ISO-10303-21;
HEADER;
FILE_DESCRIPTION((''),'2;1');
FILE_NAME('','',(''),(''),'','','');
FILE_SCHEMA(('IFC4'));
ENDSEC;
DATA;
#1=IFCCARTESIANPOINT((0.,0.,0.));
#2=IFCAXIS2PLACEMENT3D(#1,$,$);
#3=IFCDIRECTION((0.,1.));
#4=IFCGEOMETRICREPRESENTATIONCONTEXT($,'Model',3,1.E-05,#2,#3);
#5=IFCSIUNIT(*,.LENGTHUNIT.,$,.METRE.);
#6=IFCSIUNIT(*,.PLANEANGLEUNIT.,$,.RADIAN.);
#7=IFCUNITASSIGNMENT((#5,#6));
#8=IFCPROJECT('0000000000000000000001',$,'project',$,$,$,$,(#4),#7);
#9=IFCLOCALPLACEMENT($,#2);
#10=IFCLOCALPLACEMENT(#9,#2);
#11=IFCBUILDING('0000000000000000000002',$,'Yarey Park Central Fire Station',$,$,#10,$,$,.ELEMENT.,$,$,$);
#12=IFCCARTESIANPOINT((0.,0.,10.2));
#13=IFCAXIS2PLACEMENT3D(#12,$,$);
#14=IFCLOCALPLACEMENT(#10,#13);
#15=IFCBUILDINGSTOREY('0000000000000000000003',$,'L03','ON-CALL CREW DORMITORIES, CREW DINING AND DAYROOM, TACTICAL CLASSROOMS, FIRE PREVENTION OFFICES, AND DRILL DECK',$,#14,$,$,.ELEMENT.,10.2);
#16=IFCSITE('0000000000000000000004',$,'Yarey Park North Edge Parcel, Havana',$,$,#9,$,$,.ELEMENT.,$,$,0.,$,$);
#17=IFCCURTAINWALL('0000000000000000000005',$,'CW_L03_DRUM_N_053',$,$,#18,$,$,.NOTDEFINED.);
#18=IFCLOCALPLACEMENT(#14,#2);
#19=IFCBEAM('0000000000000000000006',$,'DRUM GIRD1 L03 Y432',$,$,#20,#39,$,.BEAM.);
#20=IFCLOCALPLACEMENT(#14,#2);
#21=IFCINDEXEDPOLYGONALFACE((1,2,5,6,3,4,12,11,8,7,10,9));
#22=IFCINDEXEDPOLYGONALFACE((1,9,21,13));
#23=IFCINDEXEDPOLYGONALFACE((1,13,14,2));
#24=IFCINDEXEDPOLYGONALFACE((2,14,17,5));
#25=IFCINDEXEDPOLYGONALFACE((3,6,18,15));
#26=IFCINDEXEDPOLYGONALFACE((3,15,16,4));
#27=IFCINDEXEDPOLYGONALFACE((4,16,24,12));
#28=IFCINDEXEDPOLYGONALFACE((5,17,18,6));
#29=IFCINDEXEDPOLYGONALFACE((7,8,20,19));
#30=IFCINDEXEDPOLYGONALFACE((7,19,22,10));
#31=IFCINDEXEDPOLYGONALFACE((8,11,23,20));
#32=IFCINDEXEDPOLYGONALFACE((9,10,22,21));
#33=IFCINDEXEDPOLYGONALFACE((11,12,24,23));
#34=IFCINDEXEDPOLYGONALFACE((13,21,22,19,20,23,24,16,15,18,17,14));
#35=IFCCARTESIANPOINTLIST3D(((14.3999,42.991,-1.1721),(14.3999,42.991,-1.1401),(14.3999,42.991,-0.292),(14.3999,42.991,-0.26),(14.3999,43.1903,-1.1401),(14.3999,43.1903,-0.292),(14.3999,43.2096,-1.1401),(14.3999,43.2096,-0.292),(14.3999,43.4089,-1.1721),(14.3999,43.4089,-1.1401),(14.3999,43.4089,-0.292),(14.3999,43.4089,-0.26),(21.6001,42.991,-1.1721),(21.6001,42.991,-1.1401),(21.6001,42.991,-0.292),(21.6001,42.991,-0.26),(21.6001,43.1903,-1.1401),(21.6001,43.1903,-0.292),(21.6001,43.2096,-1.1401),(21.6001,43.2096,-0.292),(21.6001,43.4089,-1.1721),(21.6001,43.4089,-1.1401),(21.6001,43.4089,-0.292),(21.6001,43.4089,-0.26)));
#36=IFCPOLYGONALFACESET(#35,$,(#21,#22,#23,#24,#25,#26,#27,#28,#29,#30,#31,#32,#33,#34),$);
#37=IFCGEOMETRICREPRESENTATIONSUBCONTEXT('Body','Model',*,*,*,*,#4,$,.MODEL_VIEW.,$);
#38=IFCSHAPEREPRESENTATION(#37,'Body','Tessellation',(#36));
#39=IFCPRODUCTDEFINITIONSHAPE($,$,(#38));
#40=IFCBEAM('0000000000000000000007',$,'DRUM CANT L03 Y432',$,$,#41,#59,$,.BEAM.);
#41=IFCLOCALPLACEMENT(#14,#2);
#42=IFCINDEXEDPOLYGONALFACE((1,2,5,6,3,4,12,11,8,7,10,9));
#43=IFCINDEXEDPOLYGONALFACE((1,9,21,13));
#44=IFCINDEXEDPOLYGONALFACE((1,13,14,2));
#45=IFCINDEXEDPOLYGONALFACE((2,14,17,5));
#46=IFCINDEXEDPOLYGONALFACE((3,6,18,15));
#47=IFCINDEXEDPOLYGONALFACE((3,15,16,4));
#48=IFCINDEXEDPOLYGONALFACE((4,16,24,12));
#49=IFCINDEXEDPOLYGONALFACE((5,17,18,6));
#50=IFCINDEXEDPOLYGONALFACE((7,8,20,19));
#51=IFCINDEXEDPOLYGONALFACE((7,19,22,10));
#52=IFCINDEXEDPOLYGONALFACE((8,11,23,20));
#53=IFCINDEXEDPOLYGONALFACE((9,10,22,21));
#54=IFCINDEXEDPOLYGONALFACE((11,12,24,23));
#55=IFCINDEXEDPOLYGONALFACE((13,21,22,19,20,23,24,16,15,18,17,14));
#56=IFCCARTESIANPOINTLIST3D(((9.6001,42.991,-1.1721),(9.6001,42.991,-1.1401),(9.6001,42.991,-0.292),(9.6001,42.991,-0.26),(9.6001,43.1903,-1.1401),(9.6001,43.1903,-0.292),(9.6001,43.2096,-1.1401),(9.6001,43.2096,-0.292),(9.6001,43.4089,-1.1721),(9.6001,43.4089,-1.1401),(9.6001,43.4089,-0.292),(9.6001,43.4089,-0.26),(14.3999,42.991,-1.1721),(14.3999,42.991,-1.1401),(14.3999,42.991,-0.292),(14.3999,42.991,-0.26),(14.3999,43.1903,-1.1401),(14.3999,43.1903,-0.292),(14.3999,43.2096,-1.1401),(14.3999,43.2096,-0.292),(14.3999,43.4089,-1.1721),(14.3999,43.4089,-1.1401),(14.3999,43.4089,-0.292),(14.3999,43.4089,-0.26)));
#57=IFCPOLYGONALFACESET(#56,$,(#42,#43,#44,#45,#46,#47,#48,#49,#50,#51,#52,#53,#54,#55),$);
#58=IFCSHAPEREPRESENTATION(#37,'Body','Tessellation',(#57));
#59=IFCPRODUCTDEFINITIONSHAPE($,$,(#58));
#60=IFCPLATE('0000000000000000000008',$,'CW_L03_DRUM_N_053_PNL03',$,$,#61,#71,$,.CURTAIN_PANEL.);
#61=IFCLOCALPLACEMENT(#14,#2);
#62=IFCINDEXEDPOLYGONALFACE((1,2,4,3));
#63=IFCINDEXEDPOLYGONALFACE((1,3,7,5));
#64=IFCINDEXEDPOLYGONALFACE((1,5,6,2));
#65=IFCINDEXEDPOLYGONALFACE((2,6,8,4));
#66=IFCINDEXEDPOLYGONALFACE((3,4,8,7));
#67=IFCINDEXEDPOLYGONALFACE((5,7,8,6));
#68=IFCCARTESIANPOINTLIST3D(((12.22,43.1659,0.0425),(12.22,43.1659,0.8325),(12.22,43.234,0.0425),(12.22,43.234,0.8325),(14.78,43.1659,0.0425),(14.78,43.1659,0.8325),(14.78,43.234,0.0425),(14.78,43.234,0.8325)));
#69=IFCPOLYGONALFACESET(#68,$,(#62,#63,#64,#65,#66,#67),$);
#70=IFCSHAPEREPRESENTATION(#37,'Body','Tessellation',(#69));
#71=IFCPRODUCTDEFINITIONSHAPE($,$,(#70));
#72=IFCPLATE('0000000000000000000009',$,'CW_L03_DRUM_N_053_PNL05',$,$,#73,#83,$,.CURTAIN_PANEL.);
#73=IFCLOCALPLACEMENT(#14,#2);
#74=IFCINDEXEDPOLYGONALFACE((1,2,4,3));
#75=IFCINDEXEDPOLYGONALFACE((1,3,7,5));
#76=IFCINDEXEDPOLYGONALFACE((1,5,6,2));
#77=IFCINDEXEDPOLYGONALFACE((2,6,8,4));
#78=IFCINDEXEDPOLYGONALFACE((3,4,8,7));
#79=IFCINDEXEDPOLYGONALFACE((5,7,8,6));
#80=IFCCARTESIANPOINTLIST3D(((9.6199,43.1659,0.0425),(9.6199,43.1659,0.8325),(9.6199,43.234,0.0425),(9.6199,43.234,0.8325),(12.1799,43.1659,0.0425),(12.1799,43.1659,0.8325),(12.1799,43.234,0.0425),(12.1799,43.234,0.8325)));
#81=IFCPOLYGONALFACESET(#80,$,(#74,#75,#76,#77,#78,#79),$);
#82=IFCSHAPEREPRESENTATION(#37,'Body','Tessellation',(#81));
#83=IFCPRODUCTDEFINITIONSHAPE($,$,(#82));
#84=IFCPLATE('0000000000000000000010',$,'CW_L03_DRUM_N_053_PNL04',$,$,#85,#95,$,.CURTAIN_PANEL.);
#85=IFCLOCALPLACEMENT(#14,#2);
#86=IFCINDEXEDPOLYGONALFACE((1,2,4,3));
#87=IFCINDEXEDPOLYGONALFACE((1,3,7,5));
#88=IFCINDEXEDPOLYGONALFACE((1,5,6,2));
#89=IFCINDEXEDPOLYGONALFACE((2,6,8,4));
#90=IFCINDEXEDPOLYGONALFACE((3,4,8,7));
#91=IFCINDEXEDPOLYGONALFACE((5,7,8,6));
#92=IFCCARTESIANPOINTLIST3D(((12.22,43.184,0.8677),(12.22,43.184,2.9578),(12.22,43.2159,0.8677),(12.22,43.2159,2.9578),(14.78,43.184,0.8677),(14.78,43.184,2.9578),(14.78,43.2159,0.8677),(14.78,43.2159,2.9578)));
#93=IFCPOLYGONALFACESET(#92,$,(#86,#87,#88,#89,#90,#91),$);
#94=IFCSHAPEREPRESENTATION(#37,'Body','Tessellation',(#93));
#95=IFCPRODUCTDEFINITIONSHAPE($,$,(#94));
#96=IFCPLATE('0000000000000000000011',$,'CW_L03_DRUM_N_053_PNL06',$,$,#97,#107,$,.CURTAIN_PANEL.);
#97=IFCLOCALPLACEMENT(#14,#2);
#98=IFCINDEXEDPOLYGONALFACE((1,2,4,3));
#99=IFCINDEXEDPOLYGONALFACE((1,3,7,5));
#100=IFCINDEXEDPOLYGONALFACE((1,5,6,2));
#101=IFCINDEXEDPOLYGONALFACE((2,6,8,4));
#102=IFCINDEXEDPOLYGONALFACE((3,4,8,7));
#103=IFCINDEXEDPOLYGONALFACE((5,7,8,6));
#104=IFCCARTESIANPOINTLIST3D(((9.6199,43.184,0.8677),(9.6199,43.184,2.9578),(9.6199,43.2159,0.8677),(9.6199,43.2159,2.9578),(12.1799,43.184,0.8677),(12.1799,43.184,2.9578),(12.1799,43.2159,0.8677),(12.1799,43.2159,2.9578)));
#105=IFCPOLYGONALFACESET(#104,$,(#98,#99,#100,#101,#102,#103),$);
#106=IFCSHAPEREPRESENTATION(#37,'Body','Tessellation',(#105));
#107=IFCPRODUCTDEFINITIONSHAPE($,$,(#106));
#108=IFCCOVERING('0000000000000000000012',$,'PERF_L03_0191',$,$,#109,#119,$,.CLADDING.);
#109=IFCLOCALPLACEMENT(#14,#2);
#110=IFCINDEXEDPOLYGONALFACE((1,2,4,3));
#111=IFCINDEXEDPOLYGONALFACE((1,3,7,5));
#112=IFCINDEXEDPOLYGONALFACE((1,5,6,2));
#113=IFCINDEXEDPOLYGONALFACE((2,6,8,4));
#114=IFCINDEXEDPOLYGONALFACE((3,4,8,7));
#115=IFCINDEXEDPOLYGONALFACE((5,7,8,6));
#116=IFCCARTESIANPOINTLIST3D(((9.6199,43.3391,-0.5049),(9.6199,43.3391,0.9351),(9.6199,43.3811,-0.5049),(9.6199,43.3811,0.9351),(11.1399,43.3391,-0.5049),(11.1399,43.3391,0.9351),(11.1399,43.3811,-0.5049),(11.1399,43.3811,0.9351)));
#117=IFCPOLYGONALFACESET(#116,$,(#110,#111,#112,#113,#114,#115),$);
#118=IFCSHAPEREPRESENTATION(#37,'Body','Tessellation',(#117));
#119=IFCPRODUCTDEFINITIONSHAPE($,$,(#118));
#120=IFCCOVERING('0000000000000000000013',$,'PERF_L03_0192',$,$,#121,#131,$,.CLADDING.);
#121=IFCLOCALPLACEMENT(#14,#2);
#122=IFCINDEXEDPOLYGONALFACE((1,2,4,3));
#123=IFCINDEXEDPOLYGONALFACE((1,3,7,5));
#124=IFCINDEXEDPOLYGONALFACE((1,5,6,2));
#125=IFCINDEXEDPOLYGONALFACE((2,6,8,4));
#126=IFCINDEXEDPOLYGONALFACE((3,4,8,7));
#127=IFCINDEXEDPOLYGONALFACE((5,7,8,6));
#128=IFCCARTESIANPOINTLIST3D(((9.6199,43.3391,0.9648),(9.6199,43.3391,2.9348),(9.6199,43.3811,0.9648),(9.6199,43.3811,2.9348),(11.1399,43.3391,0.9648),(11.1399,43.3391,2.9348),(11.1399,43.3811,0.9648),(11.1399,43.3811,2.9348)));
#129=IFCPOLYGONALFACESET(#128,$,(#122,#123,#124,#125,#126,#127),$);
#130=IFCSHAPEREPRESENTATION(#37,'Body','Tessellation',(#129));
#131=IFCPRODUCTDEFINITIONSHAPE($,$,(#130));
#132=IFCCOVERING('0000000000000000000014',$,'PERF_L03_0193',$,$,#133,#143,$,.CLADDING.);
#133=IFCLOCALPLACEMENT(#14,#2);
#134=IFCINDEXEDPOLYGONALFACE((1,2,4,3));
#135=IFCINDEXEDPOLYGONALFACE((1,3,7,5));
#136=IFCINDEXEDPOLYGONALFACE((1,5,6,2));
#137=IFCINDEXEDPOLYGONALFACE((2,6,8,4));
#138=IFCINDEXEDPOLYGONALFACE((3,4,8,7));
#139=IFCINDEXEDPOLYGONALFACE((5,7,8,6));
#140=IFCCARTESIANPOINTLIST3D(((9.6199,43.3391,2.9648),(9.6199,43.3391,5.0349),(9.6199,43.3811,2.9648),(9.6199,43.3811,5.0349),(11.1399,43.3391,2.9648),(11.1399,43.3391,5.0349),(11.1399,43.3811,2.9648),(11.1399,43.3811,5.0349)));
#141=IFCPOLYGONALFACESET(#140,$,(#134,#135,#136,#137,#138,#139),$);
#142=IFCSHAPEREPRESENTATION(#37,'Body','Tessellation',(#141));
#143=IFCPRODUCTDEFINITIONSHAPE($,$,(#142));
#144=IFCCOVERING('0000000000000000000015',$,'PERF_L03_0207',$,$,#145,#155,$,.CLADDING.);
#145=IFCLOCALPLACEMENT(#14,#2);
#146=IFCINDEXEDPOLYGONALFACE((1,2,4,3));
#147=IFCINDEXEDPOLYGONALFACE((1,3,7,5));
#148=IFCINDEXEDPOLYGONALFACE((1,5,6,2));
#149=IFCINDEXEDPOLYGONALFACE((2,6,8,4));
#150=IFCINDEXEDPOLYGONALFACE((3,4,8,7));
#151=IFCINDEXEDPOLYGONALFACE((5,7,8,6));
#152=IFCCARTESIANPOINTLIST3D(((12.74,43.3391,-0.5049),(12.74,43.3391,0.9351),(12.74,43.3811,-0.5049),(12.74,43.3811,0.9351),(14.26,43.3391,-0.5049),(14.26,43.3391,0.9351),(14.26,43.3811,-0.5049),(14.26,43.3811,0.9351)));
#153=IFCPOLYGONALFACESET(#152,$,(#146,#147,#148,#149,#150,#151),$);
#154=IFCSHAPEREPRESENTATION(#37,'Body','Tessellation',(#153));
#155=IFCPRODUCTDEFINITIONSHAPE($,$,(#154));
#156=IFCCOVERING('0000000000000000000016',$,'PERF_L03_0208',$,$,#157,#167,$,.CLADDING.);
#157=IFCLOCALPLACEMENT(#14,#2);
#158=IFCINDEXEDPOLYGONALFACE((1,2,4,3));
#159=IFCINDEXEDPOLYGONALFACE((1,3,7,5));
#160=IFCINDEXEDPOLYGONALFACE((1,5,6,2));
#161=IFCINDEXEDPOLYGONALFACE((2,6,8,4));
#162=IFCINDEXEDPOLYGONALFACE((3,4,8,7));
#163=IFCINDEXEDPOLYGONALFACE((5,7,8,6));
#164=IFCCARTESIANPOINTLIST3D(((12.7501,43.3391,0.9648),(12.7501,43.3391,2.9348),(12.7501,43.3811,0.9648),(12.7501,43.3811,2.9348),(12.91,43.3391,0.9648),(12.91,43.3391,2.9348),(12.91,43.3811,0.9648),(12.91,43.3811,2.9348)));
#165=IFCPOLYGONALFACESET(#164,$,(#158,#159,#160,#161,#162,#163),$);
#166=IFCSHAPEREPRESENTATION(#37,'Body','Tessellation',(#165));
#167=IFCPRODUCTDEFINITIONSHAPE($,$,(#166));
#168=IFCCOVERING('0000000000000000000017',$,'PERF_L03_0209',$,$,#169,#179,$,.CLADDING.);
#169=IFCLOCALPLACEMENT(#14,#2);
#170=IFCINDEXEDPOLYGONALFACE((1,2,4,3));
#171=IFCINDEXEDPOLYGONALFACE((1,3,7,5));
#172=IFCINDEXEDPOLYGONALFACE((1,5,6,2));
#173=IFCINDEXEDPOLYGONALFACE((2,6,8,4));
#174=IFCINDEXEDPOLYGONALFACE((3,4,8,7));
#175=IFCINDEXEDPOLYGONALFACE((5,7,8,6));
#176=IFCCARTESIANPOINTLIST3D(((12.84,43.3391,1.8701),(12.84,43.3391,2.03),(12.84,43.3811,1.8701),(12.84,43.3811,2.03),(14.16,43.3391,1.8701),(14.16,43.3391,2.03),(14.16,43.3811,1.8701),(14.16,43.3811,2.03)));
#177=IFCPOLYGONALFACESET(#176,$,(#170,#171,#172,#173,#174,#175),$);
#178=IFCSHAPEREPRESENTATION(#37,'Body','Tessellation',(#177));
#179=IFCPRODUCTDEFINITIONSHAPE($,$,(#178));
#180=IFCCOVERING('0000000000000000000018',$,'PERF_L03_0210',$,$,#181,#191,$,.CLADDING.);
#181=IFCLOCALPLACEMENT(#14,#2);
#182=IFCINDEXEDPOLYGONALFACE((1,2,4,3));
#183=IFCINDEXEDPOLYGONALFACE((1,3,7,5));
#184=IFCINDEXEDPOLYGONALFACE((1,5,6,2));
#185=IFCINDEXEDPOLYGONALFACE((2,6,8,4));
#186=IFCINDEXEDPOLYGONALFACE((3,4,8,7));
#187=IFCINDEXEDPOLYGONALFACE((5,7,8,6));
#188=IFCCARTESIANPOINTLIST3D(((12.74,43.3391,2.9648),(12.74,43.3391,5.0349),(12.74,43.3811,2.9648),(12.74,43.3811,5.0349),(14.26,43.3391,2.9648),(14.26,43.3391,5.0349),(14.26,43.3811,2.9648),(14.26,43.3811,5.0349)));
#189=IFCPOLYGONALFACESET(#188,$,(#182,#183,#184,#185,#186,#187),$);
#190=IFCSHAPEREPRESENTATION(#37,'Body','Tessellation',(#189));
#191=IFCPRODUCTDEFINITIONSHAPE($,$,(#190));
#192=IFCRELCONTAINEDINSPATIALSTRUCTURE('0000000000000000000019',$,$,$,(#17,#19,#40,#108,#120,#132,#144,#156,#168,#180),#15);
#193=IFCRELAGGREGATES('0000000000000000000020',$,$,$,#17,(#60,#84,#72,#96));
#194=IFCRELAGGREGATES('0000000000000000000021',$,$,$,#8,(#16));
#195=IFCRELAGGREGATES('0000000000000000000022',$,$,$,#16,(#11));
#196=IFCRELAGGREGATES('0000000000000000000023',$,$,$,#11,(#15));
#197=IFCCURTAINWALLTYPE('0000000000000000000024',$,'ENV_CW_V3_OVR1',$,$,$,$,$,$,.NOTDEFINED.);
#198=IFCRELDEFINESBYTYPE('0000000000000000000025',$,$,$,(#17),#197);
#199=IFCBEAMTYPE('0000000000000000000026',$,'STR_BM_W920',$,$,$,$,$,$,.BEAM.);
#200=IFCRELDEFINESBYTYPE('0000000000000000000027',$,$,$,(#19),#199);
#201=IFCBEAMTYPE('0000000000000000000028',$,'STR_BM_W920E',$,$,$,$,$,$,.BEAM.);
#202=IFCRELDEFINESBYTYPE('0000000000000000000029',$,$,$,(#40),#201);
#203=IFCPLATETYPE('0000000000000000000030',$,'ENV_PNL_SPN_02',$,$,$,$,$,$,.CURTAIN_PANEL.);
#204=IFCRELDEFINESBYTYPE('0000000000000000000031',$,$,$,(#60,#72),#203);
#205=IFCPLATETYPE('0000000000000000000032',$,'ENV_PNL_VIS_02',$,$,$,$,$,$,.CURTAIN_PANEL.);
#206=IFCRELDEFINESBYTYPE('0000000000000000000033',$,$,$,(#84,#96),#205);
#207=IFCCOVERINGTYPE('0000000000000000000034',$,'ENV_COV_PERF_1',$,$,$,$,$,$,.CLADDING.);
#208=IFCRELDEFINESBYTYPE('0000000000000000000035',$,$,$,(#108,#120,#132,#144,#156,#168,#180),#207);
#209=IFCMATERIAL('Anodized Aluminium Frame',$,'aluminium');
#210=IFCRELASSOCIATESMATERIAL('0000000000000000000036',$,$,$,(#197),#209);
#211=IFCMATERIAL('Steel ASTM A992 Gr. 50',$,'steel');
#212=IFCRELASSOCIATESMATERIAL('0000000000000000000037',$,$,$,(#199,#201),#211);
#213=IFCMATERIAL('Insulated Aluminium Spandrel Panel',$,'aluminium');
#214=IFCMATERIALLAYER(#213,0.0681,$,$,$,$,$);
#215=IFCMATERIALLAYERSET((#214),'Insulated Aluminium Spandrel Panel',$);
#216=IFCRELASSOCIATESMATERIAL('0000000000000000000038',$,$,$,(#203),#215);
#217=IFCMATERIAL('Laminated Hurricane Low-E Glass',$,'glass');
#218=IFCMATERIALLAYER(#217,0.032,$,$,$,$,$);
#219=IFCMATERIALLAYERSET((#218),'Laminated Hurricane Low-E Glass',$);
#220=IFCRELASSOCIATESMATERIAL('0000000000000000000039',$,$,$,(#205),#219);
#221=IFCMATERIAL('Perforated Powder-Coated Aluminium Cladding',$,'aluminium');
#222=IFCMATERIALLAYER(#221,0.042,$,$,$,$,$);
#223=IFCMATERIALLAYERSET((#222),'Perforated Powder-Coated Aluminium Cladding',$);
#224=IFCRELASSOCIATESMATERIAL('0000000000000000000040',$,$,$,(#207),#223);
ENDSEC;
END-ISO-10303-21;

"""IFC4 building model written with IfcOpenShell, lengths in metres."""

from ifc_helpers import new_model, si_unit, direction, frame, origin, origin_2d, place, context, subcontext, project, spatial, rectangle, i_section, extrude, material, layer, layer_set, material_profile, profile_set, type_object, element, aggregate, save


model = new_model("IFC4")

# Units and contexts
model_context = context("Model", 3, precision=1e-05, world=origin(), true_north=direction((0.0, 1.0)))
body_context = subcontext(model_context, "Body", "Model", "MODEL_VIEW")
ifc_project = project(units=[si_unit("LENGTHUNIT", "METRE"), si_unit("PLANEANGLEUNIT", "RADIAN")], contexts=[model_context])

# Site, building, storey
site_placement = place(None, origin())
site = spatial("IfcSite", under=ifc_project, at=site_placement, Name="Yarey Park North Edge Parcel, Havana", CompositionType="ELEMENT", RefElevation=0.0)
building_placement = place(site_placement, origin())
building = spatial("IfcBuilding", under=site, at=building_placement, Name="Yarey Park Central Fire Station", CompositionType="ELEMENT")
storey_placement = place(building_placement, frame((0.0, 0.0, 10.2)))
storey = spatial("IfcBuildingStorey", under=building, at=storey_placement, Name="L03", Description="ON-CALL CREW DORMITORIES, CREW DINING AND DAYROOM, TACTICAL CLASSROOMS, FIRE PREVENTION OFFICES, AND DRILL DECK", CompositionType="ELEMENT", Elevation=10.2)

# Shared definitions
ifc_material_1 = material(Name="Steel ASTM A992 Gr. 50", Category="steel")

# Shared definitions
ifc_material_2 = material(Name="Anodized Aluminium Frame", Category="aluminium")
curtain_wall_type = type_object("IfcCurtainWallType", Name="ENV_CW_V3_OVR1", PredefinedType="NOTDEFINED", material=ifc_material_2)

# Curtain wall
curtain_wall_1_placement = place(storey_placement, origin())
curtain_wall_1 = element("IfcCurtainWall", 1, at=curtain_wall_1_placement, inside=storey, type_object=curtain_wall_type, Name="CW_L03_DRUM_N_053", PredefinedType="NOTDEFINED")

# Beams
ifc_material_profile_1 = material_profile(ifc_material_1, i_section(OverallWidth=0.418, OverallDepth=0.9121, WebThickness=0.0193, FlangeThickness=0.032, at=origin_2d()), Name="W920x342")
ifc_profile_set_1 = profile_set([ifc_material_profile_1], Name="Steel ASTM A992 Gr. 50")
beam_type_1 = type_object("IfcBeamType", Name="STR_BM_W920", PredefinedType="BEAM", material=ifc_profile_set_1)
beam_1_placement = place(storey_placement, frame((14.3999, 43.2, -0.7161), z_axis=(1.0, 0.0, 0.0), x_axis=(0.0, 1.0, 0.0)))
element("IfcBeam", 2, at=beam_1_placement, inside=storey, type_object=beam_type_1, Name="DRUM GIRD1 L03 Y432", PredefinedType="BEAM", context=body_context, shape_type="SweptSolid", body=[
    extrude(i_section(OverallWidth=0.418, OverallDepth=0.9121, WebThickness=0.0193, FlangeThickness=0.032, at=origin_2d()), origin(), (0.0, 0.0, 1.0), 7.2002),
])
ifc_material_profile_2 = material_profile(ifc_material_1, i_section(OverallWidth=0.418, OverallDepth=0.9121, WebThickness=0.0193, FlangeThickness=0.032, at=origin_2d()), Name="W920x342")
ifc_profile_set_2 = profile_set([ifc_material_profile_2], Name="Steel ASTM A992 Gr. 50")
beam_type_2 = type_object("IfcBeamType", Name="STR_BM_W920E", PredefinedType="BEAM", material=ifc_profile_set_2)
beam_2_placement = place(storey_placement, frame((9.6001, 43.2, -0.7161), z_axis=(1.0, 0.0, 0.0), x_axis=(0.0, 1.0, 0.0)))
element("IfcBeam", 3, at=beam_2_placement, inside=storey, type_object=beam_type_2, Name="DRUM CANT L03 Y432", PredefinedType="BEAM", context=body_context, shape_type="SweptSolid", body=[
    extrude(i_section(OverallWidth=0.418, OverallDepth=0.9121, WebThickness=0.0193, FlangeThickness=0.032, at=origin_2d()), origin(), (0.0, 0.0, 1.0), 4.7998),
])

# Plates
ifc_material_3 = material(Name="Insulated Aluminium Spandrel Panel", Category="aluminium")
ifc_layer_1 = layer(ifc_material_3, 0.0681)
ifc_layer_set_1 = layer_set([ifc_layer_1], Name="Insulated Aluminium Spandrel Panel")
plate_type_1 = type_object("IfcPlateType", Name="ENV_PNL_SPN_02", PredefinedType="CURTAIN_PANEL", material=ifc_layer_set_1)
plate_1_placement = place(storey_placement, frame((13.5, 43.2, 0.0425), z_axis=(0.0, 0.0, 1.0), x_axis=(-1.0, 0.0, 0.0)))
plate_1 = element("IfcPlate", 4, at=plate_1_placement, type_object=plate_type_1, Name="CW_L03_DRUM_N_053_PNL03", PredefinedType="CURTAIN_PANEL", context=body_context, shape_type="SweptSolid", body=[
    extrude(rectangle(XDim=2.5601, YDim=0.0681, at=origin_2d()), origin(), (0.0, 0.0, 1.0), 0.79),
])
plate_2_placement = place(storey_placement, frame((10.8999, 43.2, 0.0425), z_axis=(0.0, 0.0, 1.0), x_axis=(-1.0, 0.0, 0.0)))
plate_2 = element("IfcPlate", 5, at=plate_2_placement, type_object=plate_type_1, Name="CW_L03_DRUM_N_053_PNL05", PredefinedType="CURTAIN_PANEL", context=body_context, shape_type="SweptSolid", body=[
    extrude(rectangle(XDim=2.5601, YDim=0.0681, at=origin_2d()), origin(), (0.0, 0.0, 1.0), 0.79),
])
ifc_material_4 = material(Name="Laminated Hurricane Low-E Glass", Category="glass")
ifc_layer_2 = layer(ifc_material_4, 0.032)
ifc_layer_set_2 = layer_set([ifc_layer_2], Name="Laminated Hurricane Low-E Glass")
plate_type_2 = type_object("IfcPlateType", Name="ENV_PNL_VIS_02", PredefinedType="CURTAIN_PANEL", material=ifc_layer_set_2)
plate_3_placement = place(storey_placement, frame((13.5, 43.2, 0.8677), z_axis=(0.0, 0.0, 1.0), x_axis=(-1.0, 0.0, 0.0)))
plate_3 = element("IfcPlate", 6, at=plate_3_placement, type_object=plate_type_2, Name="CW_L03_DRUM_N_053_PNL04", PredefinedType="CURTAIN_PANEL", context=body_context, shape_type="SweptSolid", body=[
    extrude(rectangle(XDim=2.5601, YDim=0.032, at=origin_2d()), origin(), (0.0, 0.0, 1.0), 2.0901),
])
plate_4_placement = place(storey_placement, frame((10.8999, 43.2, 0.8677), z_axis=(0.0, 0.0, 1.0), x_axis=(-1.0, 0.0, 0.0)))
plate_4 = element("IfcPlate", 7, at=plate_4_placement, type_object=plate_type_2, Name="CW_L03_DRUM_N_053_PNL06", PredefinedType="CURTAIN_PANEL", context=body_context, shape_type="SweptSolid", body=[
    extrude(rectangle(XDim=2.5601, YDim=0.032, at=origin_2d()), origin(), (0.0, 0.0, 1.0), 2.0901),
])
aggregate(curtain_wall_1, [plate_1, plate_3, plate_2, plate_4])

# Coverings
ifc_material_5 = material(Name="Perforated Powder-Coated Aluminium Cladding", Category="aluminium")
ifc_layer_3 = layer(ifc_material_5, 0.042)
ifc_layer_set_3 = layer_set([ifc_layer_3], Name="Perforated Powder-Coated Aluminium Cladding")
covering_type_1 = type_object("IfcCoveringType", Name="ENV_COV_PERF_1", PredefinedType="CLADDING", material=ifc_layer_set_3)
covering_1_placement = place(storey_placement, frame((10.3799, 43.3601, -0.5049), z_axis=(0.0, 0.0, 1.0), x_axis=(1.0, 0.0, 0.0)))
element("IfcCovering", 8, at=covering_1_placement, inside=storey, type_object=covering_type_1, Name="PERF_L03_0191", PredefinedType="CLADDING", context=body_context, shape_type="SweptSolid", body=[
    extrude(rectangle(XDim=1.52, YDim=0.042, at=origin_2d()), origin(), (0.0, 0.0, 1.0), 1.4399),
])
covering_2_placement = place(storey_placement, frame((10.3799, 43.3601, 0.9648), z_axis=(0.0, 0.0, 1.0), x_axis=(1.0, 0.0, 0.0)))
element("IfcCovering", 9, at=covering_2_placement, inside=storey, type_object=covering_type_1, Name="PERF_L03_0192", PredefinedType="CLADDING", context=body_context, shape_type="SweptSolid", body=[
    extrude(rectangle(XDim=1.52, YDim=0.042, at=origin_2d()), origin(), (0.0, 0.0, 1.0), 1.97),
])
covering_3_placement = place(storey_placement, frame((10.3799, 43.3601, 2.9648), z_axis=(0.0, 0.0, 1.0), x_axis=(1.0, 0.0, 0.0)))
element("IfcCovering", 10, at=covering_3_placement, inside=storey, type_object=covering_type_1, Name="PERF_L03_0193", PredefinedType="CLADDING", context=body_context, shape_type="SweptSolid", body=[
    extrude(rectangle(XDim=1.52, YDim=0.042, at=origin_2d()), origin(), (0.0, 0.0, 1.0), 2.0701),
])
covering_4_placement = place(storey_placement, frame((13.5, 43.3601, -0.5049), z_axis=(0.0, 0.0, 1.0), x_axis=(1.0, 0.0, 0.0)))
element("IfcCovering", 11, at=covering_4_placement, inside=storey, type_object=covering_type_1, Name="PERF_L03_0207", PredefinedType="CLADDING", context=body_context, shape_type="SweptSolid", body=[
    extrude(rectangle(XDim=1.52, YDim=0.042, at=origin_2d()), origin(), (0.0, 0.0, 1.0), 1.4399),
])
covering_5_placement = place(storey_placement, frame((12.8301, 43.3601, 0.9648), z_axis=(0.0, 0.0, 1.0), x_axis=(1.0, 0.0, 0.0)))
element("IfcCovering", 12, at=covering_5_placement, inside=storey, type_object=covering_type_1, Name="PERF_L03_0208", PredefinedType="CLADDING", context=body_context, shape_type="SweptSolid", body=[
    extrude(rectangle(XDim=0.1599, YDim=0.042, at=origin_2d()), origin(), (0.0, 0.0, 1.0), 1.97),
])
covering_6_placement = place(storey_placement, frame((13.5, 43.3601, 1.8701), z_axis=(0.0, 0.0, 1.0), x_axis=(1.0, 0.0, 0.0)))
element("IfcCovering", 13, at=covering_6_placement, inside=storey, type_object=covering_type_1, Name="PERF_L03_0209", PredefinedType="CLADDING", context=body_context, shape_type="SweptSolid", body=[
    extrude(rectangle(XDim=1.3201, YDim=0.042, at=origin_2d()), origin(), (0.0, 0.0, 1.0), 0.1599),
])
covering_7_placement = place(storey_placement, frame((13.5, 43.3601, 2.9648), z_axis=(0.0, 0.0, 1.0), x_axis=(1.0, 0.0, 0.0)))
element("IfcCovering", 14, at=covering_7_placement, inside=storey, type_object=covering_type_1, Name="PERF_L03_0210", PredefinedType="CLADDING", context=body_context, shape_type="SweptSolid", body=[
    extrude(rectangle(XDim=1.52, YDim=0.042, at=origin_2d()), origin(), (0.0, 0.0, 1.0), 2.0701),
])

save(model, "model.ifc")
